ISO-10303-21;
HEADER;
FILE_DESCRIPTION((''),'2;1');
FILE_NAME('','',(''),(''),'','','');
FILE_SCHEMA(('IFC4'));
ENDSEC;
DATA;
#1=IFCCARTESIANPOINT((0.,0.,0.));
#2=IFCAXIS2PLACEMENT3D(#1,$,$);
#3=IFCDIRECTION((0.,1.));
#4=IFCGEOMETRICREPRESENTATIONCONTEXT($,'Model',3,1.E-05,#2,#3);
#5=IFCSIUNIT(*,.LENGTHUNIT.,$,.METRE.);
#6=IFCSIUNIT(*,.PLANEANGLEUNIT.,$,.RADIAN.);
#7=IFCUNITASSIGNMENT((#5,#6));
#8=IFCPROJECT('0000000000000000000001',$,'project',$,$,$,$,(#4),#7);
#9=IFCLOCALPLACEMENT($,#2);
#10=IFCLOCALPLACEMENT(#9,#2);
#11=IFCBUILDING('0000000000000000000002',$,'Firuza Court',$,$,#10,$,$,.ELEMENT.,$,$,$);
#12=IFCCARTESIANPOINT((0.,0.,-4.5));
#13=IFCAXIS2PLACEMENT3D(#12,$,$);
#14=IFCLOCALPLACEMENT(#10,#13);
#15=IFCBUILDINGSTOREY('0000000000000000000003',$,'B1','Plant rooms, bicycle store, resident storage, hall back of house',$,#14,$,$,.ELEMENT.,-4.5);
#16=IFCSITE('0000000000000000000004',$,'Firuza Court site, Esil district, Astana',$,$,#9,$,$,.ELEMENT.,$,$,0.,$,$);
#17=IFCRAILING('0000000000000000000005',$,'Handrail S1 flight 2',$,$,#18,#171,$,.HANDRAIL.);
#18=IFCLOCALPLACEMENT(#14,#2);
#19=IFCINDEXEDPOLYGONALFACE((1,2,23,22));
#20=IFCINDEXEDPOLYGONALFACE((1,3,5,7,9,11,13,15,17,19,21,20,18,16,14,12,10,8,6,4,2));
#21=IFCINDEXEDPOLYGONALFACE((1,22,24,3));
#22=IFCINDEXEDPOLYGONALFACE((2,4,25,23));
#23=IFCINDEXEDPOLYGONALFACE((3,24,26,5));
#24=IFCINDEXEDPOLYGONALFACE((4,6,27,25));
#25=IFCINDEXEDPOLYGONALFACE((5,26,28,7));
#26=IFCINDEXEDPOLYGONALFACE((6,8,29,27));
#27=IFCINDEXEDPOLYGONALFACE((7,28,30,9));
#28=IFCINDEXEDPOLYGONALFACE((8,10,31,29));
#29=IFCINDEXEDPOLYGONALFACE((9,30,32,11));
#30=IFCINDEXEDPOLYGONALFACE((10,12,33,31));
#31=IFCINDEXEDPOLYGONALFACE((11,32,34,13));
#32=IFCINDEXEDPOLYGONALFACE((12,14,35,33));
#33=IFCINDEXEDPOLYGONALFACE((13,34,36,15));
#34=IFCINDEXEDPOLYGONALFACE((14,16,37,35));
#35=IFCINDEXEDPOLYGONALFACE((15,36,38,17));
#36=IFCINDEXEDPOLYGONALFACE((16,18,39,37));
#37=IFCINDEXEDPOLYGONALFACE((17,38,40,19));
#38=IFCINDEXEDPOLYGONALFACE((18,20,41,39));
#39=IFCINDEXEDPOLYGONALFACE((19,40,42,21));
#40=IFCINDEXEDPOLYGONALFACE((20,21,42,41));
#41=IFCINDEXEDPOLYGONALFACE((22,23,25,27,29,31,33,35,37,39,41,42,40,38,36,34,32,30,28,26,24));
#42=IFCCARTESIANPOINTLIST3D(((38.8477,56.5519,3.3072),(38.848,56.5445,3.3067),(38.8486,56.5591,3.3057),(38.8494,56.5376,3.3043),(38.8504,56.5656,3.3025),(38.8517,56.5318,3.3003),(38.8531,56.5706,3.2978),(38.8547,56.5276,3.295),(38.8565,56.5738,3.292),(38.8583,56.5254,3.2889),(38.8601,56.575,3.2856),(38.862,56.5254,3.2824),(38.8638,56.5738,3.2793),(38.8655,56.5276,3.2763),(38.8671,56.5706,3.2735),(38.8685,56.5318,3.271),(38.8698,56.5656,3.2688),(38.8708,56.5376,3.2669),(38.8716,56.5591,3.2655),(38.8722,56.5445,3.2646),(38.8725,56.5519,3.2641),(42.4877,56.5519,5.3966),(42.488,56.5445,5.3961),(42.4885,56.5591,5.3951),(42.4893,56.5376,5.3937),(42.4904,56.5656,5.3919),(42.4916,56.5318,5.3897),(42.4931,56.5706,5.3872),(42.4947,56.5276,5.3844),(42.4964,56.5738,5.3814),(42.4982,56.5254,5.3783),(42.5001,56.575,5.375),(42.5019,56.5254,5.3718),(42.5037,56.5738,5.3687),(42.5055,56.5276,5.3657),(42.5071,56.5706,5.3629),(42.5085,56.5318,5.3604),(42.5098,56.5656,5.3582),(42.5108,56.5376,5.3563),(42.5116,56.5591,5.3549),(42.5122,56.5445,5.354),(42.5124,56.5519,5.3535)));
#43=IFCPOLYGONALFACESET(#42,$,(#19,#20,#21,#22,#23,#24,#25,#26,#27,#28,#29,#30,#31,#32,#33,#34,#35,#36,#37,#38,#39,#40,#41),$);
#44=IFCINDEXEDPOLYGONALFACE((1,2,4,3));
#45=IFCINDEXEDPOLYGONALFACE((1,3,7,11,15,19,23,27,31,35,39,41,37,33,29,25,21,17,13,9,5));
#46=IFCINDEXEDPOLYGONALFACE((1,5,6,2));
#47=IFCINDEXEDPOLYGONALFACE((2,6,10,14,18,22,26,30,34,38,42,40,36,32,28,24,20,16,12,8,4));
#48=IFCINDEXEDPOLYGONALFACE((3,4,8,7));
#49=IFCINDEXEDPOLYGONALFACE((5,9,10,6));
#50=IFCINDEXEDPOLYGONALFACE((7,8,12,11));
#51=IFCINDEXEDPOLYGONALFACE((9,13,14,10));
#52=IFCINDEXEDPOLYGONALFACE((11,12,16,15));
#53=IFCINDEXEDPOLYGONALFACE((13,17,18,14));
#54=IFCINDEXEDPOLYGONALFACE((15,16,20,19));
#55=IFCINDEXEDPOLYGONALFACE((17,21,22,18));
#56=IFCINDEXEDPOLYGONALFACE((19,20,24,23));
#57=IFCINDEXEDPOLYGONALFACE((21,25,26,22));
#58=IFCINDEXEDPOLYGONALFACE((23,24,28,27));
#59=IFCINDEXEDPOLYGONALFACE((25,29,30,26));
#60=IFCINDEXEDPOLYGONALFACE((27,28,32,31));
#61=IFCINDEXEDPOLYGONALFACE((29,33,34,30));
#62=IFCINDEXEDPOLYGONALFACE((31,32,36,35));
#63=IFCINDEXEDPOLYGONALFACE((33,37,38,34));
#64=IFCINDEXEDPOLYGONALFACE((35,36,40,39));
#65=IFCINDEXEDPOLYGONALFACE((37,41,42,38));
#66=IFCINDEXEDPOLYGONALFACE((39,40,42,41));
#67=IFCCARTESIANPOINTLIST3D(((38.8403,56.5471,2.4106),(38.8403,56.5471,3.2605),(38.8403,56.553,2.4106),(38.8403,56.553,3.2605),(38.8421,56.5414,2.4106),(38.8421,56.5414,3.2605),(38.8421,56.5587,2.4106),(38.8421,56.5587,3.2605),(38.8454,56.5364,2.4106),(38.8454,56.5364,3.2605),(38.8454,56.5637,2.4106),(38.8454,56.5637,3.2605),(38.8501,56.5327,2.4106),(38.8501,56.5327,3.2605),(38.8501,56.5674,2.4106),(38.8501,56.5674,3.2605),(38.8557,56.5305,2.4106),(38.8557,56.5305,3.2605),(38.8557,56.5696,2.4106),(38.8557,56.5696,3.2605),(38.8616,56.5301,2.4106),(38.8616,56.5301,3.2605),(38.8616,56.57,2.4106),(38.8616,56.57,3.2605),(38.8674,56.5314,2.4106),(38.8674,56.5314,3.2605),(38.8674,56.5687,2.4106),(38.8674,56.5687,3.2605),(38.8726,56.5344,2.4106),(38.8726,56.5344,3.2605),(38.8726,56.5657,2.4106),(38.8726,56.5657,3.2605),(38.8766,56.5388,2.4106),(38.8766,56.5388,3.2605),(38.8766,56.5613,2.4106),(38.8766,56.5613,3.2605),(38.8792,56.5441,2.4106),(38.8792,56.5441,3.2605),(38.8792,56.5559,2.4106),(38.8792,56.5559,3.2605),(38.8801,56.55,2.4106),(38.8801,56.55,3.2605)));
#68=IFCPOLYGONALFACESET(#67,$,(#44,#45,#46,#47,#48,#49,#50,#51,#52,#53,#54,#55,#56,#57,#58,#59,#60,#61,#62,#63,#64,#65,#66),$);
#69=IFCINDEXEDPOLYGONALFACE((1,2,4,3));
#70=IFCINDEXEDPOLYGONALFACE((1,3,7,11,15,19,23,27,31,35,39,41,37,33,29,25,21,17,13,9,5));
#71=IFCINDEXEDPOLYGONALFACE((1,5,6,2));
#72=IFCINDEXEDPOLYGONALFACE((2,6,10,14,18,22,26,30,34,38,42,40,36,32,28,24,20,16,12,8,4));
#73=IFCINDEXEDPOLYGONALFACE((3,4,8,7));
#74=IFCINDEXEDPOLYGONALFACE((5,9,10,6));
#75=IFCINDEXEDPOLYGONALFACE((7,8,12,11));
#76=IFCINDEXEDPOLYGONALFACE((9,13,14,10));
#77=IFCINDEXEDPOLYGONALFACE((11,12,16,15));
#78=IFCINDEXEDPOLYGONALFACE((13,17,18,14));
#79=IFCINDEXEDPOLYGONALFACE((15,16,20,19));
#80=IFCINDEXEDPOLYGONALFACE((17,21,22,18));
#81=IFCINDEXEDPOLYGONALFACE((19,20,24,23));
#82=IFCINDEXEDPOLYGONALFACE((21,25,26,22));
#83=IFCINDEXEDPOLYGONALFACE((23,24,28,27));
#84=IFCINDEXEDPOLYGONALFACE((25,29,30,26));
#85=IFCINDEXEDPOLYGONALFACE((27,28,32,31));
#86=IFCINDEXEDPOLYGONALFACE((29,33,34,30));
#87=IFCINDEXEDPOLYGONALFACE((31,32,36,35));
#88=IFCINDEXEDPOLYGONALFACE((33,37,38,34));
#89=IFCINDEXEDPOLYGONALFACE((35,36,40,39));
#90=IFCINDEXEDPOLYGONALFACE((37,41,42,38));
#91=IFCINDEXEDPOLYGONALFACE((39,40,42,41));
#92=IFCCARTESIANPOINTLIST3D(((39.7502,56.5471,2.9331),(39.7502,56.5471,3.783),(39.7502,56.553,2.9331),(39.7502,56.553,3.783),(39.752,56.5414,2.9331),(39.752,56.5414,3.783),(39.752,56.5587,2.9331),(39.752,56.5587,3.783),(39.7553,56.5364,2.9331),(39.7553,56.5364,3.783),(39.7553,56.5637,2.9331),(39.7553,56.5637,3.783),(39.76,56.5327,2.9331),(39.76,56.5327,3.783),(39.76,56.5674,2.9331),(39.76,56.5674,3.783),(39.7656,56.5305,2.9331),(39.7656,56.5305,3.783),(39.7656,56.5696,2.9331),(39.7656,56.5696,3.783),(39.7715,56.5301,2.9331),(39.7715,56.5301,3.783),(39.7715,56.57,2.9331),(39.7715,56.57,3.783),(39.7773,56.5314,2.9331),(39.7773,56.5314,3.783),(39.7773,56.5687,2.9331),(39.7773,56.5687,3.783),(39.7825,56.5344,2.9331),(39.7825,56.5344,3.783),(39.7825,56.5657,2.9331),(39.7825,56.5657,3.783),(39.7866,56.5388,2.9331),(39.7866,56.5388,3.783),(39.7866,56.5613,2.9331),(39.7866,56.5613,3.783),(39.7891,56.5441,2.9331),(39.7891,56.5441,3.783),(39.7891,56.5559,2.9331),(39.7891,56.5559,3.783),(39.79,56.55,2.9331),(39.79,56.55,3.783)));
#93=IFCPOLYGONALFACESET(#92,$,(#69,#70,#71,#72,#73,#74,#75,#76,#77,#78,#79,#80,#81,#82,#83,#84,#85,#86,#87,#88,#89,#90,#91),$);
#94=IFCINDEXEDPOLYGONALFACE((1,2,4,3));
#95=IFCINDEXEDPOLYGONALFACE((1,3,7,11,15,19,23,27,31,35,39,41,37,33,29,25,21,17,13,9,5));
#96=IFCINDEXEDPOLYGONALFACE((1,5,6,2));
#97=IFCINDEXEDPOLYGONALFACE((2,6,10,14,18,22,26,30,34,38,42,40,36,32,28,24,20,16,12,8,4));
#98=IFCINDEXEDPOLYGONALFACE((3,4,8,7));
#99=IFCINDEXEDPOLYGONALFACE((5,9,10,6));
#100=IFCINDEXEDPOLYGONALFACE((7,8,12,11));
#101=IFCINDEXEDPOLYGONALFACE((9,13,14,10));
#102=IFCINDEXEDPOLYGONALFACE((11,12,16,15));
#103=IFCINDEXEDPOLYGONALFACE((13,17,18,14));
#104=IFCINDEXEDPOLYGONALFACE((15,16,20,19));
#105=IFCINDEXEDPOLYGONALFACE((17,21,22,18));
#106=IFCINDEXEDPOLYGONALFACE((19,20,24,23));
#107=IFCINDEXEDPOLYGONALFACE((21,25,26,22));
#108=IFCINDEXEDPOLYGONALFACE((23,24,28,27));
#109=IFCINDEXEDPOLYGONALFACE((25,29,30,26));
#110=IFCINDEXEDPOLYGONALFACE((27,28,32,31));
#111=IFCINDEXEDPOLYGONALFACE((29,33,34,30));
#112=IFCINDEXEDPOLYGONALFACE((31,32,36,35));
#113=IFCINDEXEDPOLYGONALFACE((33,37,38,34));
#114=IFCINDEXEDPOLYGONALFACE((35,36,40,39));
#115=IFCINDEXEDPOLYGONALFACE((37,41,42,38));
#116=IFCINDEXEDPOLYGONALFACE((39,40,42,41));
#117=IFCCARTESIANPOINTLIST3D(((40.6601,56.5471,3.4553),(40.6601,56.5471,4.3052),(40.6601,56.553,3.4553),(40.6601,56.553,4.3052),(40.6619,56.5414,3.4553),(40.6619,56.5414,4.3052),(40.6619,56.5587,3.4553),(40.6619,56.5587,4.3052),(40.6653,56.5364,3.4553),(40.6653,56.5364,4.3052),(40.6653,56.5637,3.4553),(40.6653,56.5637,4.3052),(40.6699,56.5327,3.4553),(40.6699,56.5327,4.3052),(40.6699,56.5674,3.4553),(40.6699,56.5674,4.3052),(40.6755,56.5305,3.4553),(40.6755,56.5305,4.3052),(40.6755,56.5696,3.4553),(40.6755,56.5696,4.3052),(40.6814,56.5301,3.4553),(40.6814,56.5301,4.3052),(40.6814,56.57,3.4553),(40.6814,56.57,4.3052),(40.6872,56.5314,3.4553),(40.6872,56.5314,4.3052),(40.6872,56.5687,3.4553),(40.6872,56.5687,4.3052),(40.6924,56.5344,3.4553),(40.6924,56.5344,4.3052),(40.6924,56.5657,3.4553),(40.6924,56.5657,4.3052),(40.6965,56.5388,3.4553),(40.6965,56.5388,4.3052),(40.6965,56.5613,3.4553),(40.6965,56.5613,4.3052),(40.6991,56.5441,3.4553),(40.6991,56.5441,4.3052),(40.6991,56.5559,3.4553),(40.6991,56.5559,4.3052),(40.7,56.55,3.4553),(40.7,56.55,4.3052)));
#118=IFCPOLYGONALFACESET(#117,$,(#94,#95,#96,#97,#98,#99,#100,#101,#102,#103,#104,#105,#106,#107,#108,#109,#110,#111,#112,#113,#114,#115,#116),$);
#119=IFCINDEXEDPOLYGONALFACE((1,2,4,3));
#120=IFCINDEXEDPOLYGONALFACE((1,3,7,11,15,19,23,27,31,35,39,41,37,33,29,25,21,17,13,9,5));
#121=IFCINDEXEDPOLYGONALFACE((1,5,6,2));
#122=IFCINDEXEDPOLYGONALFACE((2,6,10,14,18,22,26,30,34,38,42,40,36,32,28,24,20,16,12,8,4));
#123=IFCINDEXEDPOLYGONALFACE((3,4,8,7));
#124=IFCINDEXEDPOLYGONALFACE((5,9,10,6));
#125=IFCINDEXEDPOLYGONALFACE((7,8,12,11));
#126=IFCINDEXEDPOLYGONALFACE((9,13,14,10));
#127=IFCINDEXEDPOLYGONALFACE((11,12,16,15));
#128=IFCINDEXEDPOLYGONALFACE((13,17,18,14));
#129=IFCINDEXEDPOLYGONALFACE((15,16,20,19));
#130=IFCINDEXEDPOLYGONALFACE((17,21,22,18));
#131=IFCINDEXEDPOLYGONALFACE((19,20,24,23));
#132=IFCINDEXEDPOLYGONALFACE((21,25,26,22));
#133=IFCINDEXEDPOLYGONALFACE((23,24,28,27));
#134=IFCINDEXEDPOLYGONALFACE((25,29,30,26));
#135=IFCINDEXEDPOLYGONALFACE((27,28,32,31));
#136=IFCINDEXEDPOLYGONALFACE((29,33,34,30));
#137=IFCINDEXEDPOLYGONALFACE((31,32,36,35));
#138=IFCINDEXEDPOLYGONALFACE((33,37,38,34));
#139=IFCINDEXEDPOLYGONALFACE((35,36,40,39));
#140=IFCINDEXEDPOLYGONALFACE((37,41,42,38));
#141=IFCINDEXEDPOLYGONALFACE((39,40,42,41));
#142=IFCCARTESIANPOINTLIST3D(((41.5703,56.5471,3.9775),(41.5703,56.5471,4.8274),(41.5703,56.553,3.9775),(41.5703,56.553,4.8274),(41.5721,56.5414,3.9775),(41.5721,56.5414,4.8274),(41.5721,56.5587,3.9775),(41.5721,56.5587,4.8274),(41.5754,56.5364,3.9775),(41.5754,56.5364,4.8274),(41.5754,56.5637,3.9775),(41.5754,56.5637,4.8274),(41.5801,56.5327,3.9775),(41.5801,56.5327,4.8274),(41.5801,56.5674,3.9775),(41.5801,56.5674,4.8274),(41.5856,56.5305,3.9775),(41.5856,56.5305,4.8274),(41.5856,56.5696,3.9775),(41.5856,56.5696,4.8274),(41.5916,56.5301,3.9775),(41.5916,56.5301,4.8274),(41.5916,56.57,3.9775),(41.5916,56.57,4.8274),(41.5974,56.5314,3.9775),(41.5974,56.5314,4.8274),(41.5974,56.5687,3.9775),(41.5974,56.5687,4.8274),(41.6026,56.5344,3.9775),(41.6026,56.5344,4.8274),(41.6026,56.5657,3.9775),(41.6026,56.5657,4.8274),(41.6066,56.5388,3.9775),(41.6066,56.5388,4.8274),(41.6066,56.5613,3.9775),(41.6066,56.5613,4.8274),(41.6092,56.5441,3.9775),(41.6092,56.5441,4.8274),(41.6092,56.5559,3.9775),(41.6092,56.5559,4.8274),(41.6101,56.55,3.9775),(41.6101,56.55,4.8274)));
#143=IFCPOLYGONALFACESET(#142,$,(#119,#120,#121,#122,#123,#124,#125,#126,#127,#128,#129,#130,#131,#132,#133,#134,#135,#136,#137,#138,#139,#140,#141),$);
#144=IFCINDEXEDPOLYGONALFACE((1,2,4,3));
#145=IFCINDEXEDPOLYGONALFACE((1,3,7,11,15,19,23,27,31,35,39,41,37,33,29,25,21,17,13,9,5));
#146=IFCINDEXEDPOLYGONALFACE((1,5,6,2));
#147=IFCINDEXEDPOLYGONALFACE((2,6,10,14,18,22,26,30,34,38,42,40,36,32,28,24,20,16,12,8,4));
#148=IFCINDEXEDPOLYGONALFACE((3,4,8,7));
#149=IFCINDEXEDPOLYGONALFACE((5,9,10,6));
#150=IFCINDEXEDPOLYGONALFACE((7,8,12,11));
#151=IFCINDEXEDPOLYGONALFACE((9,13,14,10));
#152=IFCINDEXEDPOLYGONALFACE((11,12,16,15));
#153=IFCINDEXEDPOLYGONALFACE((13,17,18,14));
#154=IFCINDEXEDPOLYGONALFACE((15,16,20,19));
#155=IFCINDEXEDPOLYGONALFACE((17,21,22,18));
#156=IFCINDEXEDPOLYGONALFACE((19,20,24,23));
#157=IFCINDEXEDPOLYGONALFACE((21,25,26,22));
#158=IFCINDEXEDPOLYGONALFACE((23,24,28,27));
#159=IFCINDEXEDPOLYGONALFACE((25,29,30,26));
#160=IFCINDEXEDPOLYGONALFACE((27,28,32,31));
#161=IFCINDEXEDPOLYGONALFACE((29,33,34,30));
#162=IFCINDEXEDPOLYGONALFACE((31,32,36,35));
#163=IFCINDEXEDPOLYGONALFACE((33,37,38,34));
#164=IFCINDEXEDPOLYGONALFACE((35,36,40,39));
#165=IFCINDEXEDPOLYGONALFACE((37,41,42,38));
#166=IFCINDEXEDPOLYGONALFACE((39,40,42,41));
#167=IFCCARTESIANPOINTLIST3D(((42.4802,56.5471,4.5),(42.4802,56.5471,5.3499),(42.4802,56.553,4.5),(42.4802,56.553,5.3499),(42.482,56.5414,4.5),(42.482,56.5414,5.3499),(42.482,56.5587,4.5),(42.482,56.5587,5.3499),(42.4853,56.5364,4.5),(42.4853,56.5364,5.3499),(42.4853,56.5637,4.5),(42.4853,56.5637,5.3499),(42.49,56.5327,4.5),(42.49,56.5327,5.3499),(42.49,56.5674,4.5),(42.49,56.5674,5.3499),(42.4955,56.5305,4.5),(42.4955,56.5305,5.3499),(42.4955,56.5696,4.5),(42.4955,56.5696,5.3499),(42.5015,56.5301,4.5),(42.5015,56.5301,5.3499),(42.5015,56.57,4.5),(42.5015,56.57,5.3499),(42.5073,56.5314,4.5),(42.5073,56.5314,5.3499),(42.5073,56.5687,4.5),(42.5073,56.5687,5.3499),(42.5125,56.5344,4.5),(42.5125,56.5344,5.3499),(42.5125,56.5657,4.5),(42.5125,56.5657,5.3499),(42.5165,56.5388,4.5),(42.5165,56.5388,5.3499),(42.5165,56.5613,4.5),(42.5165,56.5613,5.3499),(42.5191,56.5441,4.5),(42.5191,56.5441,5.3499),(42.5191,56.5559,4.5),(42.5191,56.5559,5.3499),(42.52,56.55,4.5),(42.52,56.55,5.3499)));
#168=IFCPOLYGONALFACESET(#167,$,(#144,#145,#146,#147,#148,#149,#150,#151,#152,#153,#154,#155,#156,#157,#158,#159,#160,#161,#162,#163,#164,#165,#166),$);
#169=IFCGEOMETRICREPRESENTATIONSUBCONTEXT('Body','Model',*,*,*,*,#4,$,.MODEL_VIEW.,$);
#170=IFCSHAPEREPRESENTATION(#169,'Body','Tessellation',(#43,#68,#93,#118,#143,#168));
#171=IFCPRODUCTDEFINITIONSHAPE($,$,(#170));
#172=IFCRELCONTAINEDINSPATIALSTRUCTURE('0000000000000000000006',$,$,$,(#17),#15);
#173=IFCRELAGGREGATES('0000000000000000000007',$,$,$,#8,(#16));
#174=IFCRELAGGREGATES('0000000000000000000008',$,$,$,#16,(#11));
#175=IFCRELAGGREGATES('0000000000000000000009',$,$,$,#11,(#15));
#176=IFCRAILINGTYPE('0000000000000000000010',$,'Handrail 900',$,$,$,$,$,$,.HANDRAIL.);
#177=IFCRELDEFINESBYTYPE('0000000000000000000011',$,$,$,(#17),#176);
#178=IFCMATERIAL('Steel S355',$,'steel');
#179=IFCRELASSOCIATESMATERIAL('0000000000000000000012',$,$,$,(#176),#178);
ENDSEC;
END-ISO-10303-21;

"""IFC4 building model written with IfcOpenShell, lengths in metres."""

from ifc_helpers import new_model, si_unit, direction, frame, origin, origin_2d, place, context, subcontext, project, spatial, circle, extrude, material, type_object, element, save


model = new_model("IFC4")

# Units and contexts
model_context = context("Model", 3, precision=1e-05, world=origin(), true_north=direction((0.0, 1.0)))
body_context = subcontext(model_context, "Body", "Model", "MODEL_VIEW")
ifc_project = project(units=[si_unit("LENGTHUNIT", "METRE"), si_unit("PLANEANGLEUNIT", "RADIAN")], contexts=[model_context])

# Site, building, storey
site_placement = place(None, origin())
site = spatial("IfcSite", under=ifc_project, at=site_placement, Name="Firuza Court site, Esil district, Astana", CompositionType="ELEMENT", RefElevation=0.0)
building_placement = place(site_placement, origin())
building = spatial("IfcBuilding", under=site, at=building_placement, Name="Firuza Court", CompositionType="ELEMENT")
storey_placement = place(building_placement, frame((0.0, 0.0, -4.5)))
storey = spatial("IfcBuildingStorey", under=building, at=storey_placement, Name="B1", Description="Plant rooms, bicycle store, resident storage, hall back of house", CompositionType="ELEMENT", Elevation=-4.5)

# Railing
ifc_material_1 = material(Name="Steel S355", Category="steel")
railing_type_1 = type_object("IfcRailingType", Name="Handrail 900", PredefinedType="HANDRAIL", material=ifc_material_1)
railing_1_placement = place(storey_placement, frame((38.8601, 56.55, 2.4106)))
element("IfcRailing", 1, at=railing_1_placement, inside=storey, type_object=railing_type_1, Name="Handrail S1 flight 2", PredefinedType="HANDRAIL", context=body_context, shape_type="SweptSolid", body=[
    extrude(circle(Radius=0.0249, at=origin_2d()), frame((0.0, 0.0, 0.875), z_axis=(0.867275, 0.0, 0.497829), x_axis=(0.0, 1.0, 0.0)), (0.0, 0.0, 1.0), 4.197),
    extrude(circle(Radius=0.02, at=origin_2d()), origin(), (0.0, 0.0, 1.0), 0.8499),
    extrude(circle(Radius=0.02, at=origin_2d()), frame((0.9099, 0.0, 0.5225)), (0.0, 0.0, 1.0), 0.8499),
    extrude(circle(Radius=0.02, at=origin_2d()), frame((1.8198, 0.0, 1.0447)), (0.0, 0.0, 1.0), 0.8499),
    extrude(circle(Radius=0.02, at=origin_2d()), frame((2.73, 0.0, 1.5669)), (0.0, 0.0, 1.0), 0.8499),
    extrude(circle(Radius=0.02, at=origin_2d()), frame((3.6399, 0.0, 2.0894)), (0.0, 0.0, 1.0), 0.8499),
])

save(model, "model.ifc")
